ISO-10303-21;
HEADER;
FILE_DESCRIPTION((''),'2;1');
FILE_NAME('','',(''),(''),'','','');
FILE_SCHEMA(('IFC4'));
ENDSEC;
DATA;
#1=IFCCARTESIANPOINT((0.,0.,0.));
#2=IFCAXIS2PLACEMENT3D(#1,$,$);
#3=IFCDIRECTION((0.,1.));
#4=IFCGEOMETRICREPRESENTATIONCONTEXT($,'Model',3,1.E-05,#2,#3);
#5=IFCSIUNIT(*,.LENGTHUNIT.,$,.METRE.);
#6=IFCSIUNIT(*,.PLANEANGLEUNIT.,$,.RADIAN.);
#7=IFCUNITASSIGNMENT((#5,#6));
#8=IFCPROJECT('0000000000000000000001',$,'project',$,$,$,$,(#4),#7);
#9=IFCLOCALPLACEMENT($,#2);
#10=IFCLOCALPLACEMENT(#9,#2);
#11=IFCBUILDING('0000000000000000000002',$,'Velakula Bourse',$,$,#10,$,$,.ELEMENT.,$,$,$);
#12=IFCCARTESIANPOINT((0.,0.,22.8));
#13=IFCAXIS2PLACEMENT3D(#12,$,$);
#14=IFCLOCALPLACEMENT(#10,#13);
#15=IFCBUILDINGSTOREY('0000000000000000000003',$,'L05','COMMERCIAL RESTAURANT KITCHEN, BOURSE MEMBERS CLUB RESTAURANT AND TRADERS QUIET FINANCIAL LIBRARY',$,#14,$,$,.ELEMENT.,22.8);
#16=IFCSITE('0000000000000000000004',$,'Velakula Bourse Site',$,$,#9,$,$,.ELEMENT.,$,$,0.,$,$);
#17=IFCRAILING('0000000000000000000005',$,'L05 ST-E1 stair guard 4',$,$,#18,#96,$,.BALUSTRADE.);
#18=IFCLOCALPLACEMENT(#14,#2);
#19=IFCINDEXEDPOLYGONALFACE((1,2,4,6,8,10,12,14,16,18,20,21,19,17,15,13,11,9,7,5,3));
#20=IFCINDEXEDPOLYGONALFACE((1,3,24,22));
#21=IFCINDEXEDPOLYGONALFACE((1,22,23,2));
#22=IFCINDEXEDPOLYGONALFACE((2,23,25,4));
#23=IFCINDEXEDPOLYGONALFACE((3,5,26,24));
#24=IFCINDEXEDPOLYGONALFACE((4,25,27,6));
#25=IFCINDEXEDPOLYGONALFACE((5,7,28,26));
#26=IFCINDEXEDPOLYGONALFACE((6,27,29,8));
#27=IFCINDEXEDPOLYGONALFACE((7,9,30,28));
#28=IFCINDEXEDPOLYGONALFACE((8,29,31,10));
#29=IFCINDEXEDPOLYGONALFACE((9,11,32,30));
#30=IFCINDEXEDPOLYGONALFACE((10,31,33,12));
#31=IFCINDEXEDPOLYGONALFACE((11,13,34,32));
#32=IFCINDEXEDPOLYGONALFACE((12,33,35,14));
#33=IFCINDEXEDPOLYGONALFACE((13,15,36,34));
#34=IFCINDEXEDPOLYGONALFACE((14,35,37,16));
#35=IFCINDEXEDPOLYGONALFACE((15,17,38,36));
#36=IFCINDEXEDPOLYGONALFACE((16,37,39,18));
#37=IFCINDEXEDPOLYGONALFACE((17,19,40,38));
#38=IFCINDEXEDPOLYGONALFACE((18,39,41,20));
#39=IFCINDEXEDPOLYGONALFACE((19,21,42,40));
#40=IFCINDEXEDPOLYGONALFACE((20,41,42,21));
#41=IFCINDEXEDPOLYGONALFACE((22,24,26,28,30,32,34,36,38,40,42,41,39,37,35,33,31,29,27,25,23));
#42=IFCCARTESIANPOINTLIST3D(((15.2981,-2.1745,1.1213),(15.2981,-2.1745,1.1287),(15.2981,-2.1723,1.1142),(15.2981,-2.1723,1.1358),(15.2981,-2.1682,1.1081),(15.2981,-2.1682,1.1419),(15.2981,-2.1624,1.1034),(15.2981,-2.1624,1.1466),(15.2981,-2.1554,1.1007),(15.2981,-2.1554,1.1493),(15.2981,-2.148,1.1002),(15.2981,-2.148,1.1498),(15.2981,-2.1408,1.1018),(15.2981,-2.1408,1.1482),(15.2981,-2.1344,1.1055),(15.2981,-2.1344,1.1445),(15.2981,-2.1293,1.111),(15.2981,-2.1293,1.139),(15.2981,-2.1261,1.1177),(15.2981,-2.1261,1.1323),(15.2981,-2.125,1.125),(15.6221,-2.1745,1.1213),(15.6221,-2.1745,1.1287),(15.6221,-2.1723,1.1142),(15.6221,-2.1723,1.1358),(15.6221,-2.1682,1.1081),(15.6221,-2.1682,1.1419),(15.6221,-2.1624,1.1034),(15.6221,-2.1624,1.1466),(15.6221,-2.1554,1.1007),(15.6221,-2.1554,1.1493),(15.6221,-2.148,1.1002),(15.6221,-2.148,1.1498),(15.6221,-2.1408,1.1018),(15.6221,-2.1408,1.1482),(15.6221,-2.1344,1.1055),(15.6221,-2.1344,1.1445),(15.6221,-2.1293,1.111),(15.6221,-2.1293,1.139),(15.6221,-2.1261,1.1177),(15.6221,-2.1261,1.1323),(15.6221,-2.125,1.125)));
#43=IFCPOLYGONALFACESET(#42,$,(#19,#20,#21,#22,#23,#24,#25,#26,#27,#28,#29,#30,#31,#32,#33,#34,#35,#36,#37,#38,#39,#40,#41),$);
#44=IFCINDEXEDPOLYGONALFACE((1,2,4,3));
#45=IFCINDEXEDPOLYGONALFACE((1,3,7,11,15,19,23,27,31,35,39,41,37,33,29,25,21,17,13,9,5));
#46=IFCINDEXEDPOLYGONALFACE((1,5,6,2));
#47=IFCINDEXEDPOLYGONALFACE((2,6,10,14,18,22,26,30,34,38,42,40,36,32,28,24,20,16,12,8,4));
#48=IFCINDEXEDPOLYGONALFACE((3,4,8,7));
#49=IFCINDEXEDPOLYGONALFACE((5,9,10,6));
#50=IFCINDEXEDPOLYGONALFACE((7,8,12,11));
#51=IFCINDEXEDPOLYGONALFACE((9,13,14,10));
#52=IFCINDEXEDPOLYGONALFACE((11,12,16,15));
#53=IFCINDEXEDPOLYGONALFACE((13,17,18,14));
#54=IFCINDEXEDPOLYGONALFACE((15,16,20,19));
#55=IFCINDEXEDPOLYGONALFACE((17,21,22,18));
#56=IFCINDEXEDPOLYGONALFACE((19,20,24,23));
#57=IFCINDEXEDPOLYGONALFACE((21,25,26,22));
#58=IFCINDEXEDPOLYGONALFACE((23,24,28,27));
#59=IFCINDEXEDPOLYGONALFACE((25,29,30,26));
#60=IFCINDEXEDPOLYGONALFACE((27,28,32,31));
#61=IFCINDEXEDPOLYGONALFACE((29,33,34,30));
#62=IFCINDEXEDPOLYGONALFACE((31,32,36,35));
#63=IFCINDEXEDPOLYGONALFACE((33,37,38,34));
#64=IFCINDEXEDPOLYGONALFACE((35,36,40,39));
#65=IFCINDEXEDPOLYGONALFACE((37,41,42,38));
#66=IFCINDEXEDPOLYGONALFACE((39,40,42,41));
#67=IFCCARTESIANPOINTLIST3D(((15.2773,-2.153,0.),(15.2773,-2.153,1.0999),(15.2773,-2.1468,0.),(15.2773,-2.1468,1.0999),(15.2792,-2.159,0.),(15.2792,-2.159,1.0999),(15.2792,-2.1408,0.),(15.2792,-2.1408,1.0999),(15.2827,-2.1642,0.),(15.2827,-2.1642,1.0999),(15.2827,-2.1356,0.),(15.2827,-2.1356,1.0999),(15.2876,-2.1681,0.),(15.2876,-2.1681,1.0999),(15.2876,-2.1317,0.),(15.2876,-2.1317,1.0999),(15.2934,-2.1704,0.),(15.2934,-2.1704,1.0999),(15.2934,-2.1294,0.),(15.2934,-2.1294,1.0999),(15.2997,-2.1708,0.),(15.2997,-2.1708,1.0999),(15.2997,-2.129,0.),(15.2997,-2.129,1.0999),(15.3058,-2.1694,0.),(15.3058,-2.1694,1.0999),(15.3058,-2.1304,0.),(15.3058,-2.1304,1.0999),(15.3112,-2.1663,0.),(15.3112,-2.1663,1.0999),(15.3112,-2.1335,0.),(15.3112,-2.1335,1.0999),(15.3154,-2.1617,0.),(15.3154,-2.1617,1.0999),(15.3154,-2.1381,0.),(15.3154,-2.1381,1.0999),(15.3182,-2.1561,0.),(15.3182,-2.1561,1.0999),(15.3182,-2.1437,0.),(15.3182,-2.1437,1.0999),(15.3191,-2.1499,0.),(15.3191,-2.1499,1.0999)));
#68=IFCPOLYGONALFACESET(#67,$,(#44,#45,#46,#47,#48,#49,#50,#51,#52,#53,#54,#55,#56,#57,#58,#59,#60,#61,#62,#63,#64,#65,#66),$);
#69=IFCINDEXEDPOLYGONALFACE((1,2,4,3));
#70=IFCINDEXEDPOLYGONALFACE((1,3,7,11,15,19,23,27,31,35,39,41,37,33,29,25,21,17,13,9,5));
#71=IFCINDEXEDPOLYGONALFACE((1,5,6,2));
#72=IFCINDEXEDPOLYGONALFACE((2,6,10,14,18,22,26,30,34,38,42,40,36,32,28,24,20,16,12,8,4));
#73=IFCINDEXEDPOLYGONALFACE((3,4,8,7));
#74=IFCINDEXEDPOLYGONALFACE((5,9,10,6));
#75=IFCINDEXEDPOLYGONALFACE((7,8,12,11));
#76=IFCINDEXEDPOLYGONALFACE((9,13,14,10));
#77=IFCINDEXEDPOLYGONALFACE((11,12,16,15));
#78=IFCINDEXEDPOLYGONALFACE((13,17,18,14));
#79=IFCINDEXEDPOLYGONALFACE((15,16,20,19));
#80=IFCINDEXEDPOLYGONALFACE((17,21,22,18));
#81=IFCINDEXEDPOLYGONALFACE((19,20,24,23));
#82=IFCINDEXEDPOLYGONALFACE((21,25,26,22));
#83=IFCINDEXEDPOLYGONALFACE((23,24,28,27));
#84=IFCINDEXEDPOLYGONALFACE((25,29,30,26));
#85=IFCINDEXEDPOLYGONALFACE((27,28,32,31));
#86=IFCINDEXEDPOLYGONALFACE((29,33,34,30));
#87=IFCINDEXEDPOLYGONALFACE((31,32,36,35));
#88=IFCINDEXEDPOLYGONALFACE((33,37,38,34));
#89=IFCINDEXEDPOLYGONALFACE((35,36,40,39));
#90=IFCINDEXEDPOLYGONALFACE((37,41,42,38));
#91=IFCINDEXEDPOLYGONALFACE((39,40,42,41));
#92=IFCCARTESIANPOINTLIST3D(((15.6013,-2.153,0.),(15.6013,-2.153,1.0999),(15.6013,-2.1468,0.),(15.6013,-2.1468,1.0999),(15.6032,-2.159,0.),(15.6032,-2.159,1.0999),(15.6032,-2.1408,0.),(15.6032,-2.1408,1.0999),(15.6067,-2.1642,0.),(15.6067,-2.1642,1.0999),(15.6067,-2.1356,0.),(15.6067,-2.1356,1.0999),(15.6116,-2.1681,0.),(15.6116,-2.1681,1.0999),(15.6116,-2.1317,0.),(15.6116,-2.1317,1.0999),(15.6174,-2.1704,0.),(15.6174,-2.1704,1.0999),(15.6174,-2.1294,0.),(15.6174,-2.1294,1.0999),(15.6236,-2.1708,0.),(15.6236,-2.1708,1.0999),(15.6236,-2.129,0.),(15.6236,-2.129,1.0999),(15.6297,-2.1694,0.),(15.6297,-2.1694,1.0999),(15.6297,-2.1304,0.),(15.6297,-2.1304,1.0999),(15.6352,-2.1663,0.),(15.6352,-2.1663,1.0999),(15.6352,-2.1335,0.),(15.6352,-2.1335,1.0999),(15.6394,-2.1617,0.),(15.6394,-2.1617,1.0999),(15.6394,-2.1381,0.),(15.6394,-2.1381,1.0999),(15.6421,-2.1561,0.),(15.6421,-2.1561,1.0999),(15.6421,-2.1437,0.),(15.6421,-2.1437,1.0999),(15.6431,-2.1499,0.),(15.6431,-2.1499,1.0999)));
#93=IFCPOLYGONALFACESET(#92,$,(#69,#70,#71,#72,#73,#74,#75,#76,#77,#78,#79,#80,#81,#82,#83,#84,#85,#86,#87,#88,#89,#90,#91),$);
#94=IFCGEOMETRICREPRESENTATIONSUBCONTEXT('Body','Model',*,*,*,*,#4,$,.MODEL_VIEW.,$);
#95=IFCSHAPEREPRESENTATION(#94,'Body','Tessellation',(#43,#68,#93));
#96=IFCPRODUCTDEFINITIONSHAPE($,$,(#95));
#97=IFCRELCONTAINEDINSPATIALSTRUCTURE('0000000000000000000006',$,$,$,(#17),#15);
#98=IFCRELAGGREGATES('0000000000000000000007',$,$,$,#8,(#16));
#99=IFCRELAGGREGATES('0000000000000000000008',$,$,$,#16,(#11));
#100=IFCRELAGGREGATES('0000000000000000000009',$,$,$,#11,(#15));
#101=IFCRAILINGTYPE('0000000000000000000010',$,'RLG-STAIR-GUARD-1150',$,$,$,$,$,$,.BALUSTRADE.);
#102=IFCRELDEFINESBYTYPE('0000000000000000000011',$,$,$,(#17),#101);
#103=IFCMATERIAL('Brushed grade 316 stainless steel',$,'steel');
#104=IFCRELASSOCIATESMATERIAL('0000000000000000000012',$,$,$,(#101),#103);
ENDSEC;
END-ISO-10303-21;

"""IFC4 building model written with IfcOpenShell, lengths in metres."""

from ifc_helpers import new_model, si_unit, direction, frame, origin, origin_2d, place, context, subcontext, project, spatial, circle, extrude, material, type_object, element, save


model = new_model("IFC4")

# Units and contexts
model_context = context("Model", 3, precision=1e-05, world=origin(), true_north=direction((0.0, 1.0)))
body_context = subcontext(model_context, "Body", "Model", "MODEL_VIEW")
ifc_project = project(units=[si_unit("LENGTHUNIT", "METRE"), si_unit("PLANEANGLEUNIT", "RADIAN")], contexts=[model_context])

# Site, building, storey
site_placement = place(None, origin())
site = spatial("IfcSite", under=ifc_project, at=site_placement, Name="Velakula Bourse Site", CompositionType="ELEMENT", RefElevation=0.0)
building_placement = place(site_placement, origin())
building = spatial("IfcBuilding", under=site, at=building_placement, Name="Velakula Bourse", CompositionType="ELEMENT")
storey_placement = place(building_placement, frame((0.0, 0.0, 22.8)))
storey = spatial("IfcBuildingStorey", under=building, at=storey_placement, Name="L05", Description="COMMERCIAL RESTAURANT KITCHEN, BOURSE MEMBERS CLUB RESTAURANT AND TRADERS QUIET FINANCIAL LIBRARY", CompositionType="ELEMENT", Elevation=22.8)

# Shared definitions
ifc_material_1 = material(Name="Brushed grade 316 stainless steel", Category="steel")

# Railing
railing_type = type_object("IfcRailingType", Name="RLG-STAIR-GUARD-1150", PredefinedType="BALUSTRADE", material=ifc_material_1)
railing_placement = place(storey_placement, frame((15.2981, -2.1499, 0.0)))
element("IfcRailing", 1, at=railing_placement, inside=storey, type_object=railing_type, Name="L05 ST-E1 stair guard 4", PredefinedType="BALUSTRADE", context=body_context, shape_type="SweptSolid", body=[
    extrude(circle(Radius=0.0249, at=origin_2d()), frame((0.0, 0.0, 1.125), z_axis=(1.0, 0.0, 0.0), x_axis=(0.0, 1.0, 0.0)), (0.0, 0.0, 1.0), 0.324),
    extrude(circle(Radius=0.021, at=origin_2d()), origin(), (0.0, 0.0, 1.0), 1.0999),
    extrude(circle(Radius=0.021, at=origin_2d()), frame((0.324, 0.0, 0.0)), (0.0, 0.0, 1.0), 1.0999),
])

save(model, "model.ifc")
